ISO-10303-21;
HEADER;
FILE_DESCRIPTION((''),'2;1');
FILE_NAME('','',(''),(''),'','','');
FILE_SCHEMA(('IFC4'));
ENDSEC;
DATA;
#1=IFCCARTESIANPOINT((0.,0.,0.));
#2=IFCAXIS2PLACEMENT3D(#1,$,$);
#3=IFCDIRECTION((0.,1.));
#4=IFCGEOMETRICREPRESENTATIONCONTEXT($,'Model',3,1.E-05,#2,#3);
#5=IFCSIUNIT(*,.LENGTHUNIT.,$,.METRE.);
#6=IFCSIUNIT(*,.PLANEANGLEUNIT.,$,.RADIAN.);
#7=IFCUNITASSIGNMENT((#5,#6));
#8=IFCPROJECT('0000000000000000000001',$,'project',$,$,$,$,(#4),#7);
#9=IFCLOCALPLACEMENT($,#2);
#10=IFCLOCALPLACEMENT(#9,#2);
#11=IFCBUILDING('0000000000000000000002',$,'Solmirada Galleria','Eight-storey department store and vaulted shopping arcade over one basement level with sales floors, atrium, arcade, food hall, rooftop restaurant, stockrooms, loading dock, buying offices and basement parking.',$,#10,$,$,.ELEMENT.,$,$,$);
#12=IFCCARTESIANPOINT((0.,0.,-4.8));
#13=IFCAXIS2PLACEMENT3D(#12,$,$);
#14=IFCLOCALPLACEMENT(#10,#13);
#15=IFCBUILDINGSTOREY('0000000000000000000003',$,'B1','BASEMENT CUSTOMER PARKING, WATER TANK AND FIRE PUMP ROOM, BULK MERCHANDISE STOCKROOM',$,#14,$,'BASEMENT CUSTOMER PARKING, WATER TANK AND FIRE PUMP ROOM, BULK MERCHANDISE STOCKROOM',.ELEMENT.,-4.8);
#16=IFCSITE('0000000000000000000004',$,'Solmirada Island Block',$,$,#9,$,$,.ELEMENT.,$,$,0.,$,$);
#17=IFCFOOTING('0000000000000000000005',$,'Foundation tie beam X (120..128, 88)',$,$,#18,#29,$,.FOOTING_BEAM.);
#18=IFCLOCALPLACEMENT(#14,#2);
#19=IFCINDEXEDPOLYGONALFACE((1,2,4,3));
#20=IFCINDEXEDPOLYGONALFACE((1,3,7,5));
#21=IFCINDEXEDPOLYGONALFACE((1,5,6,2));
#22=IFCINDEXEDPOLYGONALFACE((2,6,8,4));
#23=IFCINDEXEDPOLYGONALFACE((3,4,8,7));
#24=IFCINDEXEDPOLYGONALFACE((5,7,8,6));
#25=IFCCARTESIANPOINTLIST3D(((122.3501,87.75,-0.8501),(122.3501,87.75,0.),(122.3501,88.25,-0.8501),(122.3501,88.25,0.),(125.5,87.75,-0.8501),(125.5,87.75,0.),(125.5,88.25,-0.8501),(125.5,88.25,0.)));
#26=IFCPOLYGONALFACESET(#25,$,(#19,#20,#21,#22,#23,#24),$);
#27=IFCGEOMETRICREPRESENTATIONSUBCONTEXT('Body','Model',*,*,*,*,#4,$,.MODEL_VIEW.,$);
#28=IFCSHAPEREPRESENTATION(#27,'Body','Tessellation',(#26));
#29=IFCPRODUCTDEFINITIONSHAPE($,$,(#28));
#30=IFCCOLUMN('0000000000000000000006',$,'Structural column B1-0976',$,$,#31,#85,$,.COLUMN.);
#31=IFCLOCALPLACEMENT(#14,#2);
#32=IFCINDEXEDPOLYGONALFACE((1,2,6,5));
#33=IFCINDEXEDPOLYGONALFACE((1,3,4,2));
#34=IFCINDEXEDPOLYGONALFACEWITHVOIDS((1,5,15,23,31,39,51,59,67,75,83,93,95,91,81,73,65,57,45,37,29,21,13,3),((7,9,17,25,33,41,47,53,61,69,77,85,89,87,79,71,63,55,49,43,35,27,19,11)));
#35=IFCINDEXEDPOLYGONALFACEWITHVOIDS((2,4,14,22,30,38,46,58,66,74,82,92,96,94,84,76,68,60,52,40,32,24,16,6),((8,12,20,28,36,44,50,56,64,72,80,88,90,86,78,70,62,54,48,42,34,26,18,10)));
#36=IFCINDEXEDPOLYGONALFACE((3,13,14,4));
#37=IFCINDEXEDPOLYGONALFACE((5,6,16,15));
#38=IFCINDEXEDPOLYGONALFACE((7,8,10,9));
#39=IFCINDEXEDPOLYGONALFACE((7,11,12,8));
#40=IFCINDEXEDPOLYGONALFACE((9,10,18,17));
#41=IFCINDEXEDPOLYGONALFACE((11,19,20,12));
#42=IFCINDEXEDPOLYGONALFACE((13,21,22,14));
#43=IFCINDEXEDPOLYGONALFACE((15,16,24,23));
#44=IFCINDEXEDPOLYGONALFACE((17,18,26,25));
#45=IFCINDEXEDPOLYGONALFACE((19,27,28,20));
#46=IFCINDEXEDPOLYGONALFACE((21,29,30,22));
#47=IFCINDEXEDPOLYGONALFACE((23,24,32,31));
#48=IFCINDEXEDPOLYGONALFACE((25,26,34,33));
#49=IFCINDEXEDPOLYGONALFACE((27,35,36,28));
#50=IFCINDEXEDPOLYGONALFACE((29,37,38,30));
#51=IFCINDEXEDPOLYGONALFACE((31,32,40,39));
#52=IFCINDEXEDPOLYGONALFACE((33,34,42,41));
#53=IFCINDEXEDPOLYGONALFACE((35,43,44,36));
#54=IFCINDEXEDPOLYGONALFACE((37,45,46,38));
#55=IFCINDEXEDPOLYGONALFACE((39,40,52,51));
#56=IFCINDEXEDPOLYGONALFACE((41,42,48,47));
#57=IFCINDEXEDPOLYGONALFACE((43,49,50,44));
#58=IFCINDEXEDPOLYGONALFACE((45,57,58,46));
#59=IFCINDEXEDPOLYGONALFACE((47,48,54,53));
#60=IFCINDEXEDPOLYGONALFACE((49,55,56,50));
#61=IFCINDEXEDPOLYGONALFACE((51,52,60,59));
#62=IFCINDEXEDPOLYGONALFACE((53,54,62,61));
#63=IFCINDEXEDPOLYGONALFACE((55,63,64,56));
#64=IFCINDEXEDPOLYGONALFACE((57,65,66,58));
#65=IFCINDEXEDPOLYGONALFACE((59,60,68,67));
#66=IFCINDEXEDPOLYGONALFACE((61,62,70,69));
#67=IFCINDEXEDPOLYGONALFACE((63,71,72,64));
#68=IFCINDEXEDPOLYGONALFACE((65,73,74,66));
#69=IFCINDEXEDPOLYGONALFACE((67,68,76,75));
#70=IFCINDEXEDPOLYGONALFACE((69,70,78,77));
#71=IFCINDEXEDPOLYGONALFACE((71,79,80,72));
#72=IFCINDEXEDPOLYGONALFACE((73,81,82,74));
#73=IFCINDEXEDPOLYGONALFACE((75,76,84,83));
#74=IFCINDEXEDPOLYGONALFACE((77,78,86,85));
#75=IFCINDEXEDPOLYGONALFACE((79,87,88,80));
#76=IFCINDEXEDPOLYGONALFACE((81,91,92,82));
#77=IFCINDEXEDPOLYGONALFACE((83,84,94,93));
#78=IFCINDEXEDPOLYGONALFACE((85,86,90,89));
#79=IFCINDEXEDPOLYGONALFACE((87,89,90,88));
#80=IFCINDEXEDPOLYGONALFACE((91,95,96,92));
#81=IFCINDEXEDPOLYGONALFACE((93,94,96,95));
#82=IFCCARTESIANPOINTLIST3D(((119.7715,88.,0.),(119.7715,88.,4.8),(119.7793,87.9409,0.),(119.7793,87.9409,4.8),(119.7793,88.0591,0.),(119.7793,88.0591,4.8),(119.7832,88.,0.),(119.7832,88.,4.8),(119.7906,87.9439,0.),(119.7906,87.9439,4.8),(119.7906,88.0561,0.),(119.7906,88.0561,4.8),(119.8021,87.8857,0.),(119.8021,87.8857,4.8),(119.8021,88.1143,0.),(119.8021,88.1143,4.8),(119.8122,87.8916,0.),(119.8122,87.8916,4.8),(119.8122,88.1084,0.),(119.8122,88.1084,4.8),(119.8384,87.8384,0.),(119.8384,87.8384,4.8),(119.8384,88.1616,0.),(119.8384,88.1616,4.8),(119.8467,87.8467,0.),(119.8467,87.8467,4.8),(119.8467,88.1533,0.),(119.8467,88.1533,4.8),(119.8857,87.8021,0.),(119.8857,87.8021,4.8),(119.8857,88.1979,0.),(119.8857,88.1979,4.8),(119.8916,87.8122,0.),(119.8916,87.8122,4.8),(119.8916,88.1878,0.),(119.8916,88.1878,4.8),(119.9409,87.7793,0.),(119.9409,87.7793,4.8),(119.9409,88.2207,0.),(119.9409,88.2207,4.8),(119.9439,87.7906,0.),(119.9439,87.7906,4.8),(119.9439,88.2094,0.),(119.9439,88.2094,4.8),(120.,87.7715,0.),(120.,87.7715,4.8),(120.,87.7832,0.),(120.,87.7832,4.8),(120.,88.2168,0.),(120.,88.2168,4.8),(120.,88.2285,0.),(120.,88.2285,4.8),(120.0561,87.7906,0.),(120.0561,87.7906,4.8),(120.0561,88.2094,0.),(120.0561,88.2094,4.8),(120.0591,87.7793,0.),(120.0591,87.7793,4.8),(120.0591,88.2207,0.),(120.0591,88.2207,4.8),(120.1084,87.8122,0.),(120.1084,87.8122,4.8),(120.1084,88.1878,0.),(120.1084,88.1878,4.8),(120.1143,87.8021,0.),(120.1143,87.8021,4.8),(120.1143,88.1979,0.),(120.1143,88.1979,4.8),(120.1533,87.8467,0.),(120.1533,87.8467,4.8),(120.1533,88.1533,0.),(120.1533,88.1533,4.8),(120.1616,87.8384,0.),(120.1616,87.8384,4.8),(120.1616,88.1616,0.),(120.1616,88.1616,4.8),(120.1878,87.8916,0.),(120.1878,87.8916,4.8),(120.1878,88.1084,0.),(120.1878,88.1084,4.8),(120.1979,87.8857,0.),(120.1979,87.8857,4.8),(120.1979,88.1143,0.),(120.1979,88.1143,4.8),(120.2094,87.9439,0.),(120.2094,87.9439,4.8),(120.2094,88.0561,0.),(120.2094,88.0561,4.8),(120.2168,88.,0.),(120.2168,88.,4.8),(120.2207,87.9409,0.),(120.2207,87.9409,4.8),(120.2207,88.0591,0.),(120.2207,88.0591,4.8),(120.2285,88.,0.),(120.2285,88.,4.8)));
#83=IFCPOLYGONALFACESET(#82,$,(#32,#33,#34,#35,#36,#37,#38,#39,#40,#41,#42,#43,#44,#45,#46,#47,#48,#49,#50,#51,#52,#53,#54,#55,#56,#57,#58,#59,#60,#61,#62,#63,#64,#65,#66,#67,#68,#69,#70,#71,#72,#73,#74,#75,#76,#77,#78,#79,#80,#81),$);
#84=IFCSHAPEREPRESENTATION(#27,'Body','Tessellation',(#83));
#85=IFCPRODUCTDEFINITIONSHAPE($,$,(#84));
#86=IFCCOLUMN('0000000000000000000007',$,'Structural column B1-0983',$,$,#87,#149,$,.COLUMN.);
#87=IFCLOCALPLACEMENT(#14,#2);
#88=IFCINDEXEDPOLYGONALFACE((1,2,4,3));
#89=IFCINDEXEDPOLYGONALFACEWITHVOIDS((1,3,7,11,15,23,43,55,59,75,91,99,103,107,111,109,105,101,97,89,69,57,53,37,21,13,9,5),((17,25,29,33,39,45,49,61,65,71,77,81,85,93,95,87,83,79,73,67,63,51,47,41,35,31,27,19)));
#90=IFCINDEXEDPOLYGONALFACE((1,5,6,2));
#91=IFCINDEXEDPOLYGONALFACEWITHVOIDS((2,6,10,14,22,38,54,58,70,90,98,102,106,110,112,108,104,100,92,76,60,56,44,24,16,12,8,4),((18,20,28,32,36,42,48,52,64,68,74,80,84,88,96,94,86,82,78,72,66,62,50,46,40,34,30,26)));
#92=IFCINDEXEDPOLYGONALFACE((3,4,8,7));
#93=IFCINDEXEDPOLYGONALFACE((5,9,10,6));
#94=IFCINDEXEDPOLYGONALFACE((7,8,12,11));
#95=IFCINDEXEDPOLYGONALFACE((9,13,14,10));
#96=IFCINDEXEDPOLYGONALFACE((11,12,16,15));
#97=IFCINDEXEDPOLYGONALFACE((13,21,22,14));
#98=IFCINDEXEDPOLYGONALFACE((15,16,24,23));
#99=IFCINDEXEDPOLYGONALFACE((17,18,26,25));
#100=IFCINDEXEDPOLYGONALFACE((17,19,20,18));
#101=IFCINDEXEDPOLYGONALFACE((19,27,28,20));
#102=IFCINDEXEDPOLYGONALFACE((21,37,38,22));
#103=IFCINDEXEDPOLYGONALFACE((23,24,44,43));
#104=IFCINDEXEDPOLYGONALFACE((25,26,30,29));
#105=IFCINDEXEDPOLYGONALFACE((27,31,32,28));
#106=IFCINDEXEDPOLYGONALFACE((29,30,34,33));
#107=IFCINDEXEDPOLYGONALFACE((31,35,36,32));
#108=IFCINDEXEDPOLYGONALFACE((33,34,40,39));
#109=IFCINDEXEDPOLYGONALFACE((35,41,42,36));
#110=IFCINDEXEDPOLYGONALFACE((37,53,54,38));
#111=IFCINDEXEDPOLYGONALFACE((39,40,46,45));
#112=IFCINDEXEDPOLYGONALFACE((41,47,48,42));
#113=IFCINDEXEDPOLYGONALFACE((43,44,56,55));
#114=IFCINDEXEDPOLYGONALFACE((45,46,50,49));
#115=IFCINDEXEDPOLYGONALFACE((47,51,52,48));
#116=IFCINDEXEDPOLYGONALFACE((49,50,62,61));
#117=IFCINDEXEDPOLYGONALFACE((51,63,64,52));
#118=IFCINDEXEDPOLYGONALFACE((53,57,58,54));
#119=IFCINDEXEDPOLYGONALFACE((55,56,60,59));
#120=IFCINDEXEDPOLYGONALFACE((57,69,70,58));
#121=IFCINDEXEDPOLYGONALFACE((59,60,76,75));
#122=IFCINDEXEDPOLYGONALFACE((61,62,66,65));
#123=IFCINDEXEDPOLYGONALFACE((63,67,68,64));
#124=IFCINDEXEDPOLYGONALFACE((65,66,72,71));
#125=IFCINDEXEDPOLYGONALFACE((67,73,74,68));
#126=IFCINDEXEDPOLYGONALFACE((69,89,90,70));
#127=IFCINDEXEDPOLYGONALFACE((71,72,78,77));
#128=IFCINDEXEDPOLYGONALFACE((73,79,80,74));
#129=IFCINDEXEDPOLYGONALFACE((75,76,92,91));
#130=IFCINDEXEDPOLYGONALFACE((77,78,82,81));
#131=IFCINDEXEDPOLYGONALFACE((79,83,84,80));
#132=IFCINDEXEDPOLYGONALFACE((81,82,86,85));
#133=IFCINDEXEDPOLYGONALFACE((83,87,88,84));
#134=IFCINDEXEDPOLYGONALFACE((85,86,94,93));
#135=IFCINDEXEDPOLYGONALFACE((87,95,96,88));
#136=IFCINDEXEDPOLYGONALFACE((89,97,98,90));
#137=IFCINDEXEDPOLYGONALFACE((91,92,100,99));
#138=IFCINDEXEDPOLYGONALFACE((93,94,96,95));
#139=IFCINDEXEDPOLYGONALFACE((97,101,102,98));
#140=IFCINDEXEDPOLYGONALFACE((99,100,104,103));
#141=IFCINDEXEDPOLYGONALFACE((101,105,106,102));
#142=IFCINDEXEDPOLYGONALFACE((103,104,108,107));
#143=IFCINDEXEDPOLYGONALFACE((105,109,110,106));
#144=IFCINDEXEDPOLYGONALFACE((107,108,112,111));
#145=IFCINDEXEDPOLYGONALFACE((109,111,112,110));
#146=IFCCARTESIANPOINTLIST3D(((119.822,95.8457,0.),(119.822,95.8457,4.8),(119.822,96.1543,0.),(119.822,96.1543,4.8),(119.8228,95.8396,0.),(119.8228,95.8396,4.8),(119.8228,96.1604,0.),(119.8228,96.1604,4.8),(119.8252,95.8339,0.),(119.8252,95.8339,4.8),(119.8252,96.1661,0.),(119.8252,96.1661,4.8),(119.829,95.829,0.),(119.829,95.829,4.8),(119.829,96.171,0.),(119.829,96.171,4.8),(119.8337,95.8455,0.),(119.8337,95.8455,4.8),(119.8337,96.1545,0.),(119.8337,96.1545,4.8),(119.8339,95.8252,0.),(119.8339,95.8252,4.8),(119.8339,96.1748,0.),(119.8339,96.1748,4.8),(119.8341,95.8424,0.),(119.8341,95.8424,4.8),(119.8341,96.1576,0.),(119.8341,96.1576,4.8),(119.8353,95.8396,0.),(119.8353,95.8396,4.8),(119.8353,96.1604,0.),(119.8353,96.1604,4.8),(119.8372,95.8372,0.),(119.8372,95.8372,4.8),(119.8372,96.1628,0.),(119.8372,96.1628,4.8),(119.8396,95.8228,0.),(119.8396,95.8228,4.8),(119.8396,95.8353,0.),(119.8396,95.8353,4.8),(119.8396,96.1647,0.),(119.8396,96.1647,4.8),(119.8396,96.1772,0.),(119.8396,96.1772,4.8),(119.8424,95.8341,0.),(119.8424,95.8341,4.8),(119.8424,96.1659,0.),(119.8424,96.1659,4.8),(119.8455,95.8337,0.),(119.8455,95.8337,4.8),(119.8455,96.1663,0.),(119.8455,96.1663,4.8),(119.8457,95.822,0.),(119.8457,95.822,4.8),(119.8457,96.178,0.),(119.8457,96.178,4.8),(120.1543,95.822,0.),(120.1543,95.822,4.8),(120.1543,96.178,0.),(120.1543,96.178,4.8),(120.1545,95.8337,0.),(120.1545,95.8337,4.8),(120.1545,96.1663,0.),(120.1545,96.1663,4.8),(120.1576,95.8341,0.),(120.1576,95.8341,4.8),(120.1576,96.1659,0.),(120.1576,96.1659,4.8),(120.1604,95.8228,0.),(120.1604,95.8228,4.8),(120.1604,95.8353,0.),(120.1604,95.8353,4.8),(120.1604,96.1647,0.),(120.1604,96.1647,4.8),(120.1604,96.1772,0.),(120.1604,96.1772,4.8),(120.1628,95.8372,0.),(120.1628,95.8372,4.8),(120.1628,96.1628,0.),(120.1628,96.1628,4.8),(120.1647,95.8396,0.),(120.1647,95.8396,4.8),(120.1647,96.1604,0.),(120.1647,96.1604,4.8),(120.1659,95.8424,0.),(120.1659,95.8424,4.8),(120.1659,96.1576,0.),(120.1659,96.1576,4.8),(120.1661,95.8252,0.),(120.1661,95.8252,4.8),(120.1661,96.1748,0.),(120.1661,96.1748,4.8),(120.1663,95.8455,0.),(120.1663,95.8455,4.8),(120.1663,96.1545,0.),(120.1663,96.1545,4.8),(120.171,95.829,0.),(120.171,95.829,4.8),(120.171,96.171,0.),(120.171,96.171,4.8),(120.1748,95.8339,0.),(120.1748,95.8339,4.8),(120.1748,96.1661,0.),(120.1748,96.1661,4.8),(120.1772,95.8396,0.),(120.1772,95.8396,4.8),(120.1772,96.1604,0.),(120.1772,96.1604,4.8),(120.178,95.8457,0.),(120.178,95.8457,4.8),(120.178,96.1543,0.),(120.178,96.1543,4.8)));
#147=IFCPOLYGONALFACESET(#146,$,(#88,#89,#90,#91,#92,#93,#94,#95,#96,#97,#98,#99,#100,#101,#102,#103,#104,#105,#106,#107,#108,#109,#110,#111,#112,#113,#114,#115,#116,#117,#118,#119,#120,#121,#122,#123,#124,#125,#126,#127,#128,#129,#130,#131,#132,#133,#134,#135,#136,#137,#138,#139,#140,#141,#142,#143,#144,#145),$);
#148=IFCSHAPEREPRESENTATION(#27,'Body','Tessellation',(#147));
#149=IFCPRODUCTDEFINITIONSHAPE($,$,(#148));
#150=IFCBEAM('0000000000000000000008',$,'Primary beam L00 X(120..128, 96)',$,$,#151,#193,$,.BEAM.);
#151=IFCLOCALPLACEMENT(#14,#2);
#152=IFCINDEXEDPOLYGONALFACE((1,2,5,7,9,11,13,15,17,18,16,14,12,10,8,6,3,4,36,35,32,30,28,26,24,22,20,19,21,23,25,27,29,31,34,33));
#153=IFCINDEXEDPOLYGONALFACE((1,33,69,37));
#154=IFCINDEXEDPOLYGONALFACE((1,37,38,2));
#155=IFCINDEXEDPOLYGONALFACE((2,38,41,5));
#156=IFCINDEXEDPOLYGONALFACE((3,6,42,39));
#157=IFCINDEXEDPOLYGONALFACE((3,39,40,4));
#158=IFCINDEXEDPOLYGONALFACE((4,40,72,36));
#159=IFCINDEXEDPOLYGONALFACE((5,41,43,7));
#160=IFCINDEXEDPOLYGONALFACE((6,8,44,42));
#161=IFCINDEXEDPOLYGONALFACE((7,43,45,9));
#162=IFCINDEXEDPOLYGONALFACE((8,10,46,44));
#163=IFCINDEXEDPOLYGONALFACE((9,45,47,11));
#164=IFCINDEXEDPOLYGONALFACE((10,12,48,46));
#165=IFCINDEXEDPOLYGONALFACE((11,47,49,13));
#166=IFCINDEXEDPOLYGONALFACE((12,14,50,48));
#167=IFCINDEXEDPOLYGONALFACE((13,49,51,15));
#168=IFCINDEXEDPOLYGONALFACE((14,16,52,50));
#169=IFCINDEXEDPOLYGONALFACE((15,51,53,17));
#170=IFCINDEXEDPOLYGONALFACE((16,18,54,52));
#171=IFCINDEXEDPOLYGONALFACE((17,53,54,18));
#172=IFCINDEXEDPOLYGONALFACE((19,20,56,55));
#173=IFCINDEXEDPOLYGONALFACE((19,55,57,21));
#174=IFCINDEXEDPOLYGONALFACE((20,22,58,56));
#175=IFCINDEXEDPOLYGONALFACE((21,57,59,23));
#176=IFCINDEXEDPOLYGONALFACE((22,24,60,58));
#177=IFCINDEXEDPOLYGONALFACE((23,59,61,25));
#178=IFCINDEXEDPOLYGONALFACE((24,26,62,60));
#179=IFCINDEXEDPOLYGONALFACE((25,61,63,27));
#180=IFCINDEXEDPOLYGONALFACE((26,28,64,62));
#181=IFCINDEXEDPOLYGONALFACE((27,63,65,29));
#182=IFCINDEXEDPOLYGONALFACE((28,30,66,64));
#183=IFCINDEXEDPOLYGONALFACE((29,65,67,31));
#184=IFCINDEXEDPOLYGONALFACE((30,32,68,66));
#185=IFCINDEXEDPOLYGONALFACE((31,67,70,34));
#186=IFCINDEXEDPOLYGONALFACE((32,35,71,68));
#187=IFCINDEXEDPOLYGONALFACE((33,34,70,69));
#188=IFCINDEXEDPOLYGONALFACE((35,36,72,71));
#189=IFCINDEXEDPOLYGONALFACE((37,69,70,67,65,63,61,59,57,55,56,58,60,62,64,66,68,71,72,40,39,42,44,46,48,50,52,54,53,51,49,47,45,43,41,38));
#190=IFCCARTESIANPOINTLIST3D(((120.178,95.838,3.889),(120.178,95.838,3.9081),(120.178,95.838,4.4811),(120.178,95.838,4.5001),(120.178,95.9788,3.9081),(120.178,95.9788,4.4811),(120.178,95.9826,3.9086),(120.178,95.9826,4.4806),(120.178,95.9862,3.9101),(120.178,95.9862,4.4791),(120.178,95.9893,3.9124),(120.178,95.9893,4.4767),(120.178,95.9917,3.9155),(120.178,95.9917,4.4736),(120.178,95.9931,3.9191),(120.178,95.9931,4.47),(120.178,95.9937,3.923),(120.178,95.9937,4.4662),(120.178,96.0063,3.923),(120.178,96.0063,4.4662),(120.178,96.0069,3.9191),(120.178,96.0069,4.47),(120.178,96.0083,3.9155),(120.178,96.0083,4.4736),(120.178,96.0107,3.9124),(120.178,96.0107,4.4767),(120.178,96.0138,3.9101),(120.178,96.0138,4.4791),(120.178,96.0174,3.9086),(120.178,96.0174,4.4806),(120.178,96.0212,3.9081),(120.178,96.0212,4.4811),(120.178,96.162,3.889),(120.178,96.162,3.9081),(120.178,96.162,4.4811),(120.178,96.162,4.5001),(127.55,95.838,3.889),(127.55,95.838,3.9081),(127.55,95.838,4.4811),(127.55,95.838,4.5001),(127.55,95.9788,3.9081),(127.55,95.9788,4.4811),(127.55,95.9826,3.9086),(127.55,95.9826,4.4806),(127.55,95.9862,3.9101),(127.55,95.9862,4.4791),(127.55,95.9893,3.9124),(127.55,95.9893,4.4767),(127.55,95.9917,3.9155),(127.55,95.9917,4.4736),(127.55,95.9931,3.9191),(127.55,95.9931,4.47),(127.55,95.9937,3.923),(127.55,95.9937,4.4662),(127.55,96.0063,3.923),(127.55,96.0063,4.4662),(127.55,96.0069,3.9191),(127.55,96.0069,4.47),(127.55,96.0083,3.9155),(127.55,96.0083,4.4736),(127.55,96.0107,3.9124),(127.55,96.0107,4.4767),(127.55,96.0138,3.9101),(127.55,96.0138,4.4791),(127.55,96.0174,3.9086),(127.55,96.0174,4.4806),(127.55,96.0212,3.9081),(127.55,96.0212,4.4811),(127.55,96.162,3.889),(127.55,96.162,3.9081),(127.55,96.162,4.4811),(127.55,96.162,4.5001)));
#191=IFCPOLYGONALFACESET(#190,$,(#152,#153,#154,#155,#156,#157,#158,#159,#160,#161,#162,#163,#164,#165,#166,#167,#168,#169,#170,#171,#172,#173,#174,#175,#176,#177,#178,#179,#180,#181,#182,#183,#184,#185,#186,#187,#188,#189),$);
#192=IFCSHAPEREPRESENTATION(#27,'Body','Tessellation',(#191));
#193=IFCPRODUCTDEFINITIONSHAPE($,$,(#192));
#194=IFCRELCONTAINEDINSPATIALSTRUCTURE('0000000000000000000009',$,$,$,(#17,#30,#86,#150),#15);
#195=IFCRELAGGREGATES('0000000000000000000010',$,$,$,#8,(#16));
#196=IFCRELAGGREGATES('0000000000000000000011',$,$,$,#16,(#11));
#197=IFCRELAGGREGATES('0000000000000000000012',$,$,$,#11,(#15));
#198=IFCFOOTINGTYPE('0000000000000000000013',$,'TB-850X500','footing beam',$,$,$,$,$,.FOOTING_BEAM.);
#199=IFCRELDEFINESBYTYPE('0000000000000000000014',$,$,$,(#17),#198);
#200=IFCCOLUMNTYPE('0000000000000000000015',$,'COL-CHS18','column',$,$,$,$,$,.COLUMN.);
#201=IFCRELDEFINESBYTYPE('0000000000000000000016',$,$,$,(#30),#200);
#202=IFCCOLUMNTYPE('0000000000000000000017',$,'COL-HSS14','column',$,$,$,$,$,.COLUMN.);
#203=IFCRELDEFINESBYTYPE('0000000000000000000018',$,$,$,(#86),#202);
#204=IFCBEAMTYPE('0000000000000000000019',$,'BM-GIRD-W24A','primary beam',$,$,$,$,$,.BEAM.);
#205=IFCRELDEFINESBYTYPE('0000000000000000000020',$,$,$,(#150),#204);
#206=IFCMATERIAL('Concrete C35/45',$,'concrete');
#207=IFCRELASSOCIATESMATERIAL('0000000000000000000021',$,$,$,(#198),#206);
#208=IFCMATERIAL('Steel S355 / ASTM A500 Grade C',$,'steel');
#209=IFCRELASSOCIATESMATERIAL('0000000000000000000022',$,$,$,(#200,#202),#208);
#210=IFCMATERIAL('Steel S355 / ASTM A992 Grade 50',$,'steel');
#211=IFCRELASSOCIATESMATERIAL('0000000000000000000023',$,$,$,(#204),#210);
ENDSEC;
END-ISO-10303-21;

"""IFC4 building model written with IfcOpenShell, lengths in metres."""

from ifc_helpers import new_model, si_unit, direction, frame, origin, origin_2d, place, context, subcontext, project, spatial, rectangle, hollow_rectangle, hollow_circle, i_section, extrude, material, material_profile, profile_set, type_object, element, save


model = new_model("IFC4")

# Units and contexts
model_context = context("Model", 3, precision=1e-05, world=origin(), true_north=direction((0.0, 1.0)))
body_context = subcontext(model_context, "Body", "Model", "MODEL_VIEW")
ifc_project = project(units=[si_unit("LENGTHUNIT", "METRE"), si_unit("PLANEANGLEUNIT", "RADIAN")], contexts=[model_context])

# Site, building, storey
site_placement = place(None, origin())
site = spatial("IfcSite", under=ifc_project, at=site_placement, Name="Solmirada Island Block", CompositionType="ELEMENT", RefElevation=0.0)
building_placement = place(site_placement, origin())
building = spatial("IfcBuilding", under=site, at=building_placement, Name="Solmirada Galleria", Description="Eight-storey department store and vaulted shopping arcade over one basement level with sales floors, atrium, arcade, food hall, rooftop restaurant, stockrooms, loading dock, buying offices and basement parking.", CompositionType="ELEMENT")
storey_placement = place(building_placement, frame((0.0, 0.0, -4.8)))
storey = spatial("IfcBuildingStorey", under=building, at=storey_placement, Name="B1", Description="BASEMENT CUSTOMER PARKING, WATER TANK AND FIRE PUMP ROOM, BULK MERCHANDISE STOCKROOM", LongName="BASEMENT CUSTOMER PARKING, WATER TANK AND FIRE PUMP ROOM, BULK MERCHANDISE STOCKROOM", CompositionType="ELEMENT", Elevation=-4.8)

# Shared definitions
ifc_material_1 = material(Name="Concrete C35/45", Category="concrete")

# Footing
ifc_material_profile_1 = material_profile(ifc_material_1, rectangle(XDim=0.5, YDim=0.8501, at=origin_2d()), Name="RC850X500")
ifc_profile_set_1 = profile_set([ifc_material_profile_1], Name="Concrete C35/45")
footing_type_1 = type_object("IfcFootingType", Name="TB-850X500", Description="footing beam", PredefinedType="FOOTING_BEAM", material=ifc_profile_set_1)
footing_1_placement = place(storey_placement, frame((122.3501, 88.0, -0.425), z_axis=(1.0, 0.0, 0.0), x_axis=(0.0, 1.0, 0.0)))
element("IfcFooting", 1, at=footing_1_placement, inside=storey, type_object=footing_type_1, Name="Foundation tie beam X (120..128, 88)", PredefinedType="FOOTING_BEAM", context=body_context, shape_type="SweptSolid", body=[
    extrude(rectangle(XDim=0.5, YDim=0.8501, at=origin_2d()), origin(), (0.0, 0.0, 1.0), 3.1499),
])

# Columns
ifc_material_2 = material(Name="Steel S355 / ASTM A500 Grade C", Category="steel")
ifc_material_profile_2 = material_profile(ifc_material_2, hollow_circle(Radius=0.2285, WallThickness=0.0117, at=origin_2d()), Name="HSS18.000X0.500")
ifc_profile_set_2 = profile_set([ifc_material_profile_2], Name="Steel S355 / ASTM A500 Grade C")
column_type_1 = type_object("IfcColumnType", Name="COL-CHS18", Description="column", PredefinedType="COLUMN", material=ifc_profile_set_2)
column_1_placement = place(storey_placement, frame((120.0, 88.0, 0.0), z_axis=(0.0, 0.0, 1.0), x_axis=(1.0, 0.0, 0.0)))
element("IfcColumn", 2, at=column_1_placement, inside=storey, type_object=column_type_1, Name="Structural column B1-0976", PredefinedType="COLUMN", context=body_context, shape_type="SweptSolid", body=[
    extrude(hollow_circle(Radius=0.2285, WallThickness=0.0117, at=origin_2d()), origin(), (0.0, 0.0, 1.0), 4.8),
])
ifc_material_profile_3 = material_profile(ifc_material_2, hollow_rectangle(XDim=0.356, YDim=0.356, WallThickness=0.0117, InnerFilletRadius=0.0117, OuterFilletRadius=0.0237, at=origin_2d()), Name="HSS14X14X1/2")
ifc_profile_set_3 = profile_set([ifc_material_profile_3], Name="Steel S355 / ASTM A500 Grade C")
column_type_2 = type_object("IfcColumnType", Name="COL-HSS14", Description="column", PredefinedType="COLUMN", material=ifc_profile_set_3)
column_2_placement = place(storey_placement, frame((120.0, 96.0, 0.0), z_axis=(0.0, 0.0, 1.0), x_axis=(1.0, 0.0, 0.0)))
element("IfcColumn", 3, at=column_2_placement, inside=storey, type_object=column_type_2, Name="Structural column B1-0983", PredefinedType="COLUMN", context=body_context, shape_type="SweptSolid", body=[
    extrude(hollow_rectangle(XDim=0.356, YDim=0.356, WallThickness=0.0117, InnerFilletRadius=0.0117, OuterFilletRadius=0.0237, at=origin_2d()), origin(), (0.0, 0.0, 1.0), 4.8),
])

# Beam
ifc_material_3 = material(Name="Steel S355 / ASTM A992 Grade 50", Category="steel")
ifc_material_profile_4 = material_profile(ifc_material_3, i_section(OverallWidth=0.324, OverallDepth=0.6111, WebThickness=0.0127, FlangeThickness=0.019, FilletRadius=0.0149, at=origin_2d()), Name="W24X104")
ifc_profile_set_4 = profile_set([ifc_material_profile_4], Name="Steel S355 / ASTM A992 Grade 50")
beam_type_1 = type_object("IfcBeamType", Name="BM-GIRD-W24A", Description="primary beam", PredefinedType="BEAM", material=ifc_profile_set_4)
beam_1_placement = place(storey_placement, frame((120.178, 96.0, 4.1946), z_axis=(1.0, 0.0, 0.0), x_axis=(0.0, 1.0, 0.0)))
element("IfcBeam", 4, at=beam_1_placement, inside=storey, type_object=beam_type_1, Name="Primary beam L00 X(120..128, 96)", PredefinedType="BEAM", context=body_context, shape_type="SweptSolid", body=[
    extrude(i_section(OverallWidth=0.324, OverallDepth=0.6111, WebThickness=0.0127, FlangeThickness=0.019, FilletRadius=0.0149, at=origin_2d()), origin(), (0.0, 0.0, 1.0), 7.3721),
])

save(model, "model.ifc")
